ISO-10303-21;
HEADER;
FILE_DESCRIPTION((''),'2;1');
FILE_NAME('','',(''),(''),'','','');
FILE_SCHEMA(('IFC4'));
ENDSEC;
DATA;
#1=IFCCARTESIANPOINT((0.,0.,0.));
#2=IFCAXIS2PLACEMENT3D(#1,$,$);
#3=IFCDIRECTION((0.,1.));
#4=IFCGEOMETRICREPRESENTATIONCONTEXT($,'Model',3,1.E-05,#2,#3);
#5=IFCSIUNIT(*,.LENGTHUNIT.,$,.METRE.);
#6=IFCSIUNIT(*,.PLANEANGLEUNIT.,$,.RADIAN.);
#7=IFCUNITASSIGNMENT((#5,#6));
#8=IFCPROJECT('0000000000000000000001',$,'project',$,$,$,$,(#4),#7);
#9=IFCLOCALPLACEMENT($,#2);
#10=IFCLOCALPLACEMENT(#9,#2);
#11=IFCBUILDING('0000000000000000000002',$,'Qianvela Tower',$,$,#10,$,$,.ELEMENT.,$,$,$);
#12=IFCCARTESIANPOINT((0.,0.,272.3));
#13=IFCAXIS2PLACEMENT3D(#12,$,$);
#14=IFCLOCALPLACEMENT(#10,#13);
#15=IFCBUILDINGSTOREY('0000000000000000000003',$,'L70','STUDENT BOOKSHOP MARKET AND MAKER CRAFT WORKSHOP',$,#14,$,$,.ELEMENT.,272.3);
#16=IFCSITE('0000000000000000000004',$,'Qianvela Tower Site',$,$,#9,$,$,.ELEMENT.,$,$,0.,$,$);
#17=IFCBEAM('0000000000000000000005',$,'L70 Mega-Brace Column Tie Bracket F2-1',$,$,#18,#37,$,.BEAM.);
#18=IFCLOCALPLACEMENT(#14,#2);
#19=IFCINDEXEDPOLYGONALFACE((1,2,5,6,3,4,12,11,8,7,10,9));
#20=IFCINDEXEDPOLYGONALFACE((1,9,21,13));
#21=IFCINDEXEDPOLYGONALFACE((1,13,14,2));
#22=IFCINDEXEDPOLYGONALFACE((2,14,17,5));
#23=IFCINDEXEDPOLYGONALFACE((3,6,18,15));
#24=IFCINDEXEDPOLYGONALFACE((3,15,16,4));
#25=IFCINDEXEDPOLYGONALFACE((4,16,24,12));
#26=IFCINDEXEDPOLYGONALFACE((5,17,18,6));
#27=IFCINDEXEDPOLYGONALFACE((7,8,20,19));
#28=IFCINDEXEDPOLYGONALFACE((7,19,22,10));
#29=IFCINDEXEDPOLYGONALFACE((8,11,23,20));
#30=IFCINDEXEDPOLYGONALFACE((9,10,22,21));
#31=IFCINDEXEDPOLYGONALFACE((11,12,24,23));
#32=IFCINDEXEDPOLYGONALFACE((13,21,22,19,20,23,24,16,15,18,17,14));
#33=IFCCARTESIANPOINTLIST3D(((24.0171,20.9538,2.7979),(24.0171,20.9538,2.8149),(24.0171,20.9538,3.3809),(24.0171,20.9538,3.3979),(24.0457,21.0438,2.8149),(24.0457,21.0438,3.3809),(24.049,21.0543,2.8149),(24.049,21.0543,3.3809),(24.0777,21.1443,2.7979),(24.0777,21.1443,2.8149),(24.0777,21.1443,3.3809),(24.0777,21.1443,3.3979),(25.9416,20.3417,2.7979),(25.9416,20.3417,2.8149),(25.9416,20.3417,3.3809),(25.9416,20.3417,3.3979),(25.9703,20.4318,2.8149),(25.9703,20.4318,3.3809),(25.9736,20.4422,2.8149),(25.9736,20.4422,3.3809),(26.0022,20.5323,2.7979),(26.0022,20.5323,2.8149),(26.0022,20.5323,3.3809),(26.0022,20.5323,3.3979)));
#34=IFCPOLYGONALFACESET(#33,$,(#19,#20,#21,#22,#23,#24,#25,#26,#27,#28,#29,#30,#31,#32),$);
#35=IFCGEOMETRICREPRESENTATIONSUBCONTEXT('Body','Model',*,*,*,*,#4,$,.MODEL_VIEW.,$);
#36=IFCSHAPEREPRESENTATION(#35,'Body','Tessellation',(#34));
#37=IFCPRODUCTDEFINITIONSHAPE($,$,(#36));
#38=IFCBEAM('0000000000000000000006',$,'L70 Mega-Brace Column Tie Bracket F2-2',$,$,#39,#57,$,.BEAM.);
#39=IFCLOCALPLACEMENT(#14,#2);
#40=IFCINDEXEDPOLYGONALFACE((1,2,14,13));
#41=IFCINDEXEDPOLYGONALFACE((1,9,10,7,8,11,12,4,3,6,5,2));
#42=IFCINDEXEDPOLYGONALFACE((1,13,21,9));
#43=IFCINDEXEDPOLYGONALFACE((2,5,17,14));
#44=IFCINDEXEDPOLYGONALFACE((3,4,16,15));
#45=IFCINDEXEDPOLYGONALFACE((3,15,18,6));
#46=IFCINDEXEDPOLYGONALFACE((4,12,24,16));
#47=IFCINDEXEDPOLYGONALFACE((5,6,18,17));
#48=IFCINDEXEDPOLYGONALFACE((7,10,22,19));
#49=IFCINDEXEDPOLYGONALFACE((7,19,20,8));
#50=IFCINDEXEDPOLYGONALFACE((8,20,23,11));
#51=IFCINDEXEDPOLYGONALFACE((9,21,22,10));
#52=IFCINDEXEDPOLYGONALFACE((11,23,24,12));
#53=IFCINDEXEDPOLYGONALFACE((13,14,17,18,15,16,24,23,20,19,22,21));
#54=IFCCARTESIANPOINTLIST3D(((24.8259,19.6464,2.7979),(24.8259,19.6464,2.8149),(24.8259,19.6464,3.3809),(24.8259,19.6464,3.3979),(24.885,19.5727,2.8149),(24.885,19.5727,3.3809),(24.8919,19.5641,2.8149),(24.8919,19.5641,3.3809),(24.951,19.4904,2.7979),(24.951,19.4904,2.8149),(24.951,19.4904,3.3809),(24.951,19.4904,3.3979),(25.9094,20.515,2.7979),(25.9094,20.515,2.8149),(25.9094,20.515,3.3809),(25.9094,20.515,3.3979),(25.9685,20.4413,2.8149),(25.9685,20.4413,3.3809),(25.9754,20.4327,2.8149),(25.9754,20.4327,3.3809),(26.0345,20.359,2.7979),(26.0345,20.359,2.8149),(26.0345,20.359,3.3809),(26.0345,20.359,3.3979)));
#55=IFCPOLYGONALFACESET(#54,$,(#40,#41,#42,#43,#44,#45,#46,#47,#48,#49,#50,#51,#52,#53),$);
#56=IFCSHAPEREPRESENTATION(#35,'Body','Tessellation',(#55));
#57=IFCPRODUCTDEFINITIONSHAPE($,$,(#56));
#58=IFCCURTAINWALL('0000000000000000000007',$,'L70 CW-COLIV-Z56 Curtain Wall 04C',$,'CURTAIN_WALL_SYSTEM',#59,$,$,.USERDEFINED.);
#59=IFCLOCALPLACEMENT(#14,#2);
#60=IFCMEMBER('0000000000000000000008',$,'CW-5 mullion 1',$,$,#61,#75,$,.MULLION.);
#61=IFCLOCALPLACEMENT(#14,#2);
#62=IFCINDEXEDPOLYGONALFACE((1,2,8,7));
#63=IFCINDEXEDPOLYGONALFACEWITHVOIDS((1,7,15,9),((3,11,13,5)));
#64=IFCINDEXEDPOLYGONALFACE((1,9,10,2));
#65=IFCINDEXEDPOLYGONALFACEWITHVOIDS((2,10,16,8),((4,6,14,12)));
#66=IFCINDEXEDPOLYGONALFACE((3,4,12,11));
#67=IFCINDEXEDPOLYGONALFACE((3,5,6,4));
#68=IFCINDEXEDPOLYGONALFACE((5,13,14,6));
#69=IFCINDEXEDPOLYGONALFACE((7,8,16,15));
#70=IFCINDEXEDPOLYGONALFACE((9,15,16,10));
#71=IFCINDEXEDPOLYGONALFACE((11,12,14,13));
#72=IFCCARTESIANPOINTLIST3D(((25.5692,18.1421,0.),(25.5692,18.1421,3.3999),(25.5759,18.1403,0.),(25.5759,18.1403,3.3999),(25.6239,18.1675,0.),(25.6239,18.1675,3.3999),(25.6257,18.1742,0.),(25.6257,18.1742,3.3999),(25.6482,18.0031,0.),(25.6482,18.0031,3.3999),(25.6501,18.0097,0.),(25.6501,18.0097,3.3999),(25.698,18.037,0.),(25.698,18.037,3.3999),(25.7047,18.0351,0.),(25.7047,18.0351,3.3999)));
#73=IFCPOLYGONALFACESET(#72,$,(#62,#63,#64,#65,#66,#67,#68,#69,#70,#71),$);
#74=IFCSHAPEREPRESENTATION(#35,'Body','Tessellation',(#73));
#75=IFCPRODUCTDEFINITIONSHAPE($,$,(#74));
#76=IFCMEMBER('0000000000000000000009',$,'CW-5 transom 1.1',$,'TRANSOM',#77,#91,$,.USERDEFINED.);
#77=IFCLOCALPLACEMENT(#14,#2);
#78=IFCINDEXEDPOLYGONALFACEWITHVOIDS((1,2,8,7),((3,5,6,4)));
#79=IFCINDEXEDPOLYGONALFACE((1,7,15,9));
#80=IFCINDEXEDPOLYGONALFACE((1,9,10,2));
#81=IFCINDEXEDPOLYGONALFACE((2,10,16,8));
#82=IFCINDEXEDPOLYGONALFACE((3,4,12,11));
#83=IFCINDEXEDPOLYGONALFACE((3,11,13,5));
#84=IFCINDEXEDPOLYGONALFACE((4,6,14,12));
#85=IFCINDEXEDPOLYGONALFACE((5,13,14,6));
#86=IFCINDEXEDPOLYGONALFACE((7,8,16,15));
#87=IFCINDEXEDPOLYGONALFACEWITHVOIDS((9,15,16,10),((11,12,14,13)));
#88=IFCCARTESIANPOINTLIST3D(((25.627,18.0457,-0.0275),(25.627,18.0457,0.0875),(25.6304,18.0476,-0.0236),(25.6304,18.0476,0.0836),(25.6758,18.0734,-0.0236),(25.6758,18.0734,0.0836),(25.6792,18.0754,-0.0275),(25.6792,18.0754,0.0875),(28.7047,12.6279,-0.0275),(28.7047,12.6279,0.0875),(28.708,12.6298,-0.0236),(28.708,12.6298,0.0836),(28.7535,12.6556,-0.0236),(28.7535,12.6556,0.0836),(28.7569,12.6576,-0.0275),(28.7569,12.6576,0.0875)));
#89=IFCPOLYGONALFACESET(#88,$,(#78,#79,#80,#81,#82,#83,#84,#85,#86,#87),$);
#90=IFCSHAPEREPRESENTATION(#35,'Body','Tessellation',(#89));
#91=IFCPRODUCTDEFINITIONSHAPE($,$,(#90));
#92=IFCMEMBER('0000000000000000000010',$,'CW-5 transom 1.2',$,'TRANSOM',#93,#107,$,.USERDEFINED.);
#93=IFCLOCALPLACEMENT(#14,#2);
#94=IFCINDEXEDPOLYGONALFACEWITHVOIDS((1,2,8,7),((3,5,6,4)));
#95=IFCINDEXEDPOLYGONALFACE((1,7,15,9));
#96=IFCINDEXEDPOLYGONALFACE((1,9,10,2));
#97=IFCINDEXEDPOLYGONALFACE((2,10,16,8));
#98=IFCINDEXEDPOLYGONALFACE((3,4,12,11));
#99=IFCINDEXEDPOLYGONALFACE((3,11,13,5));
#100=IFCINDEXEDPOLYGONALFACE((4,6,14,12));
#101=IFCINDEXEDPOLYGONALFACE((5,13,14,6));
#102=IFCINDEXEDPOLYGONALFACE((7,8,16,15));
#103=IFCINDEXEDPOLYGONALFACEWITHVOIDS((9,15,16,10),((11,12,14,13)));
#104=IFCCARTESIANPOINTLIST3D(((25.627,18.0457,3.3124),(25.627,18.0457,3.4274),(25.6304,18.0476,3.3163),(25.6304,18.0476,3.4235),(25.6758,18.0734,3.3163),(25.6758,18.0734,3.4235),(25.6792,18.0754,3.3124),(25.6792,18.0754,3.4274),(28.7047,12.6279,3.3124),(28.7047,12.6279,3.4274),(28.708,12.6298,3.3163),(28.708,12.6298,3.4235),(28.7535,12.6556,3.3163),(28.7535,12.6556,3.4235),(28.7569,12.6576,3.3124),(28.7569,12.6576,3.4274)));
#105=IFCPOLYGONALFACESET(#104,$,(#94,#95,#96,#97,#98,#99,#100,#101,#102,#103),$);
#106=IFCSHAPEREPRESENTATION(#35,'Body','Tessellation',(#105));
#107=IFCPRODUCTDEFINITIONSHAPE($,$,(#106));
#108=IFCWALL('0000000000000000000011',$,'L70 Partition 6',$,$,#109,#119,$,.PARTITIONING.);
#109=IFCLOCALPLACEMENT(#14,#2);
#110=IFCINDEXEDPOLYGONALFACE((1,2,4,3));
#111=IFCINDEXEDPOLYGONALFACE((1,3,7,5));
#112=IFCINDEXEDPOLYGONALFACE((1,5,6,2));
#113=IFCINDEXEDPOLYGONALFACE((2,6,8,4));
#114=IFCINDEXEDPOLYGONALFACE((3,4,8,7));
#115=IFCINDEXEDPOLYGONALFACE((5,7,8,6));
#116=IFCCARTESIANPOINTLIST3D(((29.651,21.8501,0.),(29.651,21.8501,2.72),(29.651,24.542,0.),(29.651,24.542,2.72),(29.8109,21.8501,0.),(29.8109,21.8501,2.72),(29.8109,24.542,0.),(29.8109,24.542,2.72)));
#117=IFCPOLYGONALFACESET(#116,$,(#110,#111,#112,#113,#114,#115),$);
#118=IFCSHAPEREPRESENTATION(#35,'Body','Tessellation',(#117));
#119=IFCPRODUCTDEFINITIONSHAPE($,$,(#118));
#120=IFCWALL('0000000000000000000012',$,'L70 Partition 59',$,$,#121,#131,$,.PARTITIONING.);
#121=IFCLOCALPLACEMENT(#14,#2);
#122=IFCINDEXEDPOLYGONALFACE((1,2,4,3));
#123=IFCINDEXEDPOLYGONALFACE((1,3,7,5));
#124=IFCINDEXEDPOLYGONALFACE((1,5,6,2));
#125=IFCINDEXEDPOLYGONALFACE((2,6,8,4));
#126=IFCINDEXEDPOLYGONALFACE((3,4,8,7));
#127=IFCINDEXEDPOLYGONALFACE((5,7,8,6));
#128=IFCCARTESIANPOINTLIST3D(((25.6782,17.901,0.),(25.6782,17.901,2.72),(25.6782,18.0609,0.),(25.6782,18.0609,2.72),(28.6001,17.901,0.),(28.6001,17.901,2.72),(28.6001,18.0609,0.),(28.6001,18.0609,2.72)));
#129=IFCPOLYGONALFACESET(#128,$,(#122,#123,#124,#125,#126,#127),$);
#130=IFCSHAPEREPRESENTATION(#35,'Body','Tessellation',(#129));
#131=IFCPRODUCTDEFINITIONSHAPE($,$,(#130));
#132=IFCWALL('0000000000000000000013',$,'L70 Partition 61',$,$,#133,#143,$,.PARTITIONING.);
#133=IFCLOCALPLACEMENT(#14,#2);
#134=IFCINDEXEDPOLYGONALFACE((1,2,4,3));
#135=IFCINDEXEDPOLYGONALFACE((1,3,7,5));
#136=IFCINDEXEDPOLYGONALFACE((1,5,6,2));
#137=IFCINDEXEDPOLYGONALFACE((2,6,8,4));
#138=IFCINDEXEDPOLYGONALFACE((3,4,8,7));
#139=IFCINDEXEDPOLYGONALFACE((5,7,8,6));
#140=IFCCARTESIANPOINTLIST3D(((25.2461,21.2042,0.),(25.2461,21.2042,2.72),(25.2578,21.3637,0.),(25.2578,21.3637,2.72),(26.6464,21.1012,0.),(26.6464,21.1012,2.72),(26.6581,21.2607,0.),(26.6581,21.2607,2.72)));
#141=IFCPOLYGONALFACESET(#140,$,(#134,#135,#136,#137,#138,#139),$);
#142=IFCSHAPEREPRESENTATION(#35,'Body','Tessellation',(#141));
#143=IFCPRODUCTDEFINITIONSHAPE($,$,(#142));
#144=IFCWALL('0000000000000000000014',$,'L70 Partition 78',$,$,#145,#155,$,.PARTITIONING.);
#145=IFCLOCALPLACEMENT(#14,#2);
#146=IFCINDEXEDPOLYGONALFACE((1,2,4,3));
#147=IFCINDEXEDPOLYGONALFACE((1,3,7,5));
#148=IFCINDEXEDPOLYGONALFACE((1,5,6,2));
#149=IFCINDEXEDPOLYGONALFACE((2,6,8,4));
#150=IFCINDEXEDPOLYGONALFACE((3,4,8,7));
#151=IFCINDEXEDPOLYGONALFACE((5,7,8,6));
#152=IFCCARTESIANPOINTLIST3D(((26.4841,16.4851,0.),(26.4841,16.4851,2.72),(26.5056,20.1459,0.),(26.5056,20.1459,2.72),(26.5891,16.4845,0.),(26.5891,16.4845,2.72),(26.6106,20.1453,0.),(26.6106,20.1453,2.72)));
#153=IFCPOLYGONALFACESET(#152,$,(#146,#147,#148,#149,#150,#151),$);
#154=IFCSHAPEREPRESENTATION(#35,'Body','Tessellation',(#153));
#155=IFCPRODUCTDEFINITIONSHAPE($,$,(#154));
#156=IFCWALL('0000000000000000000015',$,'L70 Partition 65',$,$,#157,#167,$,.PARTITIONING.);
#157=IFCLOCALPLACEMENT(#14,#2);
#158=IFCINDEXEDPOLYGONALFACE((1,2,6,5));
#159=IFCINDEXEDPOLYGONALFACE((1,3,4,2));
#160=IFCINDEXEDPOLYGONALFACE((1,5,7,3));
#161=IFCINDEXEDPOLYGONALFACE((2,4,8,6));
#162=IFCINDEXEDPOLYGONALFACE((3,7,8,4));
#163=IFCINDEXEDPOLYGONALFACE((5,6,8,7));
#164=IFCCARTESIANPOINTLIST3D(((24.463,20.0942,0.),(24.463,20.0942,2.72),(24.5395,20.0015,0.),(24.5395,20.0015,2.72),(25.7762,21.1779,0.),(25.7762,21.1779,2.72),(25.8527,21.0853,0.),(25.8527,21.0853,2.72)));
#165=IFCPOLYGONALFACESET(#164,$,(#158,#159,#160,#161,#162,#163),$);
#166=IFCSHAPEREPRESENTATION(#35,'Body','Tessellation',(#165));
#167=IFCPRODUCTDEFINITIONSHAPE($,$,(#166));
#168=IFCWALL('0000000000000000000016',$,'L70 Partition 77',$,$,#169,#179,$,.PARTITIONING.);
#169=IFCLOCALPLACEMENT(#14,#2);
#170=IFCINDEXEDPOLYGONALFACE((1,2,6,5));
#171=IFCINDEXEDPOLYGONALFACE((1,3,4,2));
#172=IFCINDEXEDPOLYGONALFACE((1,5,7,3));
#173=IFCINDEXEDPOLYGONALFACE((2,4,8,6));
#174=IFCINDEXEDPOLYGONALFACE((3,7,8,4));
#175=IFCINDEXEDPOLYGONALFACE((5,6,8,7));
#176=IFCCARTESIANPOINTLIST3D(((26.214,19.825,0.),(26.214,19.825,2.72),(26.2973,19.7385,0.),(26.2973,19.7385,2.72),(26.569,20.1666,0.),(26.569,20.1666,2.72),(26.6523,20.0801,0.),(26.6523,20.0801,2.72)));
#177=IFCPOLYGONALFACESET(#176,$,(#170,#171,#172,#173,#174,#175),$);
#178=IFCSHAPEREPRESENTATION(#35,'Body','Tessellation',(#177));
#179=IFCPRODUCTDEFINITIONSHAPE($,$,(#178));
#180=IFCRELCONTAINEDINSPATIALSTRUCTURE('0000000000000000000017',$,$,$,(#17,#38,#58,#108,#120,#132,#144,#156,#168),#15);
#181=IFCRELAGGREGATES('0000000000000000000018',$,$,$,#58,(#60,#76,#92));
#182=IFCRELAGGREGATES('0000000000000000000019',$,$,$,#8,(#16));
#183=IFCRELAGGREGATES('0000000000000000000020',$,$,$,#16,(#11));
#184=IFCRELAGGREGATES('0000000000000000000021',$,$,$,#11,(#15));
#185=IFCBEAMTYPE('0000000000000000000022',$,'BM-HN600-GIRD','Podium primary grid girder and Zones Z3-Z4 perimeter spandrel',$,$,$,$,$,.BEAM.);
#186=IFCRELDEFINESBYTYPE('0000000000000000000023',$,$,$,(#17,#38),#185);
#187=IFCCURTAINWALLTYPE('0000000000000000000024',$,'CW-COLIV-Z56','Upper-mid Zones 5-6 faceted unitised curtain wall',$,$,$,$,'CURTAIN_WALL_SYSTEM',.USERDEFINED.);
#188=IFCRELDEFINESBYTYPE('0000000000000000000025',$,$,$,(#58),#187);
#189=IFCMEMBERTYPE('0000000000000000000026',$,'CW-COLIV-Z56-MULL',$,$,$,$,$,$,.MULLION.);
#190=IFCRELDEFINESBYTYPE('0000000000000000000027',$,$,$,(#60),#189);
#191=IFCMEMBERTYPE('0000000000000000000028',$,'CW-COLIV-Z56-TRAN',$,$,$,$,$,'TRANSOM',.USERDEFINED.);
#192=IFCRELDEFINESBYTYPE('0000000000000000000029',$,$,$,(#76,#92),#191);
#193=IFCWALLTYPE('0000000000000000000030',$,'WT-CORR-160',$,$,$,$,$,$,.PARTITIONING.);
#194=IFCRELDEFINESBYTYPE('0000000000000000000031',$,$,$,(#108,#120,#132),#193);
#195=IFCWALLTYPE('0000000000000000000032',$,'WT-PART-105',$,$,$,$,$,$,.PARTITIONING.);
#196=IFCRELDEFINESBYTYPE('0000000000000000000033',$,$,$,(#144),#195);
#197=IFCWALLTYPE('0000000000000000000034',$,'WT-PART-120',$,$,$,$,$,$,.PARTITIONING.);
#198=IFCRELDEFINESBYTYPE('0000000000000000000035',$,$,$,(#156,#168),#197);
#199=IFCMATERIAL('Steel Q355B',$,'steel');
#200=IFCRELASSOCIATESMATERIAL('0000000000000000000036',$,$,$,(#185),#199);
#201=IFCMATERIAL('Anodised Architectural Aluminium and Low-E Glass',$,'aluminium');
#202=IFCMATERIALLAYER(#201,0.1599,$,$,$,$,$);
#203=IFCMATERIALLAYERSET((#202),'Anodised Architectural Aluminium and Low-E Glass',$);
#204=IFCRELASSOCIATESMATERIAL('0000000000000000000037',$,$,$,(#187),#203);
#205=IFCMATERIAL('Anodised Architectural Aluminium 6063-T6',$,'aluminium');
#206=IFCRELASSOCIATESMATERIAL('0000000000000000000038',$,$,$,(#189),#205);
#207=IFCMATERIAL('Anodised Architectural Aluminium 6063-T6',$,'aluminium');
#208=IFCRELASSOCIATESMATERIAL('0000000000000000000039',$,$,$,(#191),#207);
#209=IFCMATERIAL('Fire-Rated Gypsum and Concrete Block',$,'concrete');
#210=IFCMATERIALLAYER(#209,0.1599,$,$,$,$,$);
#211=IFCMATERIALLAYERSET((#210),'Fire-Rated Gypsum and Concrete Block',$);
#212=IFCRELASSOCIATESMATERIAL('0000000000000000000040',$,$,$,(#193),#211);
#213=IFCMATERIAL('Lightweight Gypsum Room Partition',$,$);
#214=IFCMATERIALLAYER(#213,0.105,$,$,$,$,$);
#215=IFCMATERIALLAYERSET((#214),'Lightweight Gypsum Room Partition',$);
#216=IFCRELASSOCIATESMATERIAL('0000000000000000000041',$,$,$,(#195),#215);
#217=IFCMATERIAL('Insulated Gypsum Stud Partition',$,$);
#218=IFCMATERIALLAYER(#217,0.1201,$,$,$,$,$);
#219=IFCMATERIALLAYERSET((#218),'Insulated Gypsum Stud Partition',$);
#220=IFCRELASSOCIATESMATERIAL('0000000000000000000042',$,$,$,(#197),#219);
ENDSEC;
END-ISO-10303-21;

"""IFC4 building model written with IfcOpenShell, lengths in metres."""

from ifc_helpers import new_model, si_unit, direction, frame, frame_2d, origin, origin_2d, place, context, subcontext, project, spatial, rectangle, hollow_rectangle, i_section, extrude, material, layer, layer_set, material_profile, profile_set, type_object, element, aggregate, save


model = new_model("IFC4")

# Units and contexts
model_context = context("Model", 3, precision=1e-05, world=origin(), true_north=direction((0.0, 1.0)))
body_context = subcontext(model_context, "Body", "Model", "MODEL_VIEW")
ifc_project = project(units=[si_unit("LENGTHUNIT", "METRE"), si_unit("PLANEANGLEUNIT", "RADIAN")], contexts=[model_context])

# Site, building, storey
site_placement = place(None, origin())
site = spatial("IfcSite", under=ifc_project, at=site_placement, Name="Qianvela Tower Site", CompositionType="ELEMENT", RefElevation=0.0)
building_placement = place(site_placement, origin())
building = spatial("IfcBuilding", under=site, at=building_placement, Name="Qianvela Tower", CompositionType="ELEMENT")
storey_placement = place(building_placement, frame((0.0, 0.0, 272.3)))
storey = spatial("IfcBuildingStorey", under=building, at=storey_placement, Name="L70", Description="STUDENT BOOKSHOP MARKET AND MAKER CRAFT WORKSHOP", CompositionType="ELEMENT", Elevation=272.3)

# Beams
ifc_material_1 = material(Name="Steel Q355B", Category="steel")
ifc_material_profile_1 = material_profile(ifc_material_1, i_section(OverallWidth=0.2, OverallDepth=0.6001, WebThickness=0.011, FlangeThickness=0.0171, at=origin_2d()), Name="HN600x200x11x17")
ifc_profile_set_1 = profile_set([ifc_material_profile_1], Name="Steel Q355B")
beam_type_1 = type_object("IfcBeamType", Name="BM-HN600-GIRD", Description="Podium primary grid girder and Zones Z3-Z4 perimeter spandrel", PredefinedType="BEAM", material=ifc_profile_set_1)
beam_1_placement = place(storey_placement, frame((25.9719, 20.437, 3.0979), z_axis=(-0.952969, 0.303069, 0.0), x_axis=(-0.303069, -0.952969, 0.0)))
element("IfcBeam", 1, at=beam_1_placement, inside=storey, type_object=beam_type_1, Name="L70 Mega-Brace Column Tie Bracket F2-1", PredefinedType="BEAM", context=body_context, shape_type="SweptSolid", body=[
    extrude(i_section(OverallWidth=0.2, OverallDepth=0.6001, WebThickness=0.011, FlangeThickness=0.0171, at=origin_2d()), origin(), (0.0, 0.0, 1.0), 2.0195),
])
beam_2_placement = place(storey_placement, frame((25.9719, 20.437, 3.0979), z_axis=(-0.780217, -0.625509, 0.0), x_axis=(0.625509, -0.780217, 0.0)))
element("IfcBeam", 2, at=beam_2_placement, inside=storey, type_object=beam_type_1, Name="L70 Mega-Brace Column Tie Bracket F2-2", PredefinedType="BEAM", context=body_context, shape_type="SweptSolid", body=[
    extrude(i_section(OverallWidth=0.2, OverallDepth=0.6001, WebThickness=0.011, FlangeThickness=0.0171, at=origin_2d()), origin(), (0.0, 0.0, 1.0), 1.3887),
])

# Curtain wall, members
ifc_material_2 = material(Name="Anodised Architectural Aluminium and Low-E Glass", Category="aluminium")
ifc_layer_1 = layer(ifc_material_2, 0.1599)
ifc_layer_set_1 = layer_set([ifc_layer_1], Name="Anodised Architectural Aluminium and Low-E Glass")
curtain_wall_type = type_object("IfcCurtainWallType", Name="CW-COLIV-Z56", Description="Upper-mid Zones 5-6 faceted unitised curtain wall", ElementType="CURTAIN_WALL_SYSTEM", PredefinedType="USERDEFINED", material=ifc_layer_set_1)
curtain_wall_placement = place(storey_placement, origin())
curtain_wall = element("IfcCurtainWall", 3, at=curtain_wall_placement, inside=storey, type_object=curtain_wall_type, Name="L70 CW-COLIV-Z56 Curtain Wall 04C", ObjectType="CURTAIN_WALL_SYSTEM", PredefinedType="USERDEFINED")
ifc_material_3 = material(Name="Anodised Architectural Aluminium 6063-T6", Category="aluminium")
ifc_material_profile_2 = material_profile(ifc_material_3, hollow_rectangle(XDim=0.0649, YDim=0.1599, WallThickness=0.0049, at=origin_2d()), Name="ALU-MULL-65x160")
ifc_profile_set_2 = profile_set([ifc_material_profile_2], Name="Anodised Architectural Aluminium 6063-T6")
member_type_1 = type_object("IfcMemberType", Name="CW-COLIV-Z56-MULL", PredefinedType="MULLION", material=ifc_profile_set_2)
member_1_placement = place(storey_placement, frame((25.637, 18.0886, 0.0), z_axis=(0.0, 0.0, 1.0), x_axis=(0.869493, 0.493945, 0.0)))
member_1 = element("IfcMember", 4, at=member_1_placement, type_object=member_type_1, Name="CW-5 mullion 1", PredefinedType="MULLION", context=body_context, shape_type="SweptSolid", body=[
    extrude(hollow_rectangle(XDim=0.0649, YDim=0.1599, WallThickness=0.0049, at=origin_2d()), origin(), (0.0, 0.0, 1.0), 3.3999),
])
ifc_material_4 = material(Name="Anodised Architectural Aluminium 6063-T6", Category="aluminium")
ifc_material_profile_3 = material_profile(ifc_material_4, hollow_rectangle(XDim=0.0601, YDim=0.115, WallThickness=0.0039, at=origin_2d()), Name="ALU-TRAN-60x115")
ifc_profile_set_3 = profile_set([ifc_material_profile_3], Name="Anodised Architectural Aluminium 6063-T6")
member_type_2 = type_object("IfcMemberType", Name="CW-COLIV-Z56-TRAN", ElementType="TRANSOM", PredefinedType="USERDEFINED", material=ifc_profile_set_3)
member_2_placement = place(storey_placement, frame((25.6531, 18.0605, 0.03), z_axis=(0.493935, -0.869499, 0.0), x_axis=(0.869499, 0.493935, 0.0)))
member_2 = element("IfcMember", 5, at=member_2_placement, type_object=member_type_2, Name="CW-5 transom 1.1", ObjectType="TRANSOM", PredefinedType="USERDEFINED", context=body_context, shape_type="SweptSolid", body=[
    extrude(hollow_rectangle(XDim=0.0601, YDim=0.115, WallThickness=0.0039, at=origin_2d()), origin(), (0.0, 0.0, 1.0), 6.231),
])
member_3_placement = place(storey_placement, frame((25.6531, 18.0605, 3.3699), z_axis=(0.493935, -0.869499, 0.0), x_axis=(0.869499, 0.493935, 0.0)))
member_3 = element("IfcMember", 6, at=member_3_placement, type_object=member_type_2, Name="CW-5 transom 1.2", ObjectType="TRANSOM", PredefinedType="USERDEFINED", context=body_context, shape_type="SweptSolid", body=[
    extrude(hollow_rectangle(XDim=0.0601, YDim=0.115, WallThickness=0.0039, at=origin_2d()), origin(), (0.0, 0.0, 1.0), 6.231),
])
aggregate(curtain_wall, [member_1, member_2, member_3])

# Shared definitions
ifc_material_5 = material(Name="Fire-Rated Gypsum and Concrete Block", Category="concrete")
ifc_layer_2 = layer(ifc_material_5, 0.1599)
ifc_layer_set_2 = layer_set([ifc_layer_2], Name="Fire-Rated Gypsum and Concrete Block")
wall_type_1 = type_object("IfcWallType", Name="WT-CORR-160", PredefinedType="PARTITIONING", material=ifc_layer_set_2)

# Walls
wall_1_placement = place(storey_placement, frame((29.731, 21.8501, 0.0), z_axis=(0.0, 0.0, 1.0), x_axis=(0.0, 1.0, 0.0)))
element("IfcWall", 7, at=wall_1_placement, inside=storey, type_object=wall_type_1, Name="L70 Partition 6", PredefinedType="PARTITIONING", context=body_context, shape_type="SweptSolid", body=[
    extrude(rectangle(XDim=2.6919, YDim=0.1599, at=frame_2d((1.3459, 0.0))), origin(), (0.0, 0.0, 1.0), 2.72),
])
wall_2_placement = place(storey_placement, frame((28.6001, 17.981, 0.0), z_axis=(0.0, 0.0, 1.0), x_axis=(-1.0, 0.0, 0.0)))
element("IfcWall", 8, at=wall_2_placement, inside=storey, type_object=wall_type_1, Name="L70 Partition 59", PredefinedType="PARTITIONING", context=body_context, shape_type="SweptSolid", body=[
    extrude(rectangle(XDim=2.9219, YDim=0.1599, at=frame_2d((1.4609, 0.0))), origin(), (0.0, 0.0, 1.0), 2.72),
])
wall_3_placement = place(storey_placement, frame((26.6523, 21.1809, 0.0), z_axis=(0.0, 0.0, 1.0), x_axis=(-0.997304, 0.073385, 0.0)))
element("IfcWall", 9, at=wall_3_placement, inside=storey, type_object=wall_type_1, Name="L70 Partition 61", PredefinedType="PARTITIONING", context=body_context, shape_type="SweptSolid", body=[
    extrude(rectangle(XDim=1.4041, YDim=0.1599, at=frame_2d((0.7021, 0.0))), origin(), (0.0, 0.0, 1.0), 2.72),
])
ifc_material_6 = material(Name="Lightweight Gypsum Room Partition")
ifc_layer_3 = layer(ifc_material_6, 0.105)
ifc_layer_set_3 = layer_set([ifc_layer_3], Name="Lightweight Gypsum Room Partition")
wall_type_2 = type_object("IfcWallType", Name="WT-PART-105", PredefinedType="PARTITIONING", material=ifc_layer_set_3)
wall_4_placement = place(storey_placement, frame((26.5581, 20.1458, 0.0), z_axis=(0.0, 0.0, 1.0), x_axis=(-0.005869, -0.999983, 0.0)))
element("IfcWall", 10, at=wall_4_placement, inside=storey, type_object=wall_type_2, Name="L70 Partition 78", PredefinedType="PARTITIONING", context=body_context, shape_type="SweptSolid", body=[
    extrude(rectangle(XDim=3.6609, YDim=0.105, at=frame_2d((1.8306, 0.0))), origin(), (0.0, 0.0, 1.0), 2.72),
])
ifc_material_7 = material(Name="Insulated Gypsum Stud Partition")
ifc_layer_4 = layer(ifc_material_7, 0.1201)
ifc_layer_set_4 = layer_set([ifc_layer_4], Name="Insulated Gypsum Stud Partition")
wall_type_3 = type_object("IfcWallType", Name="WT-PART-120", PredefinedType="PARTITIONING", material=ifc_layer_set_4)
wall_5_placement = place(storey_placement, frame((25.8145, 21.1316, 0.0), z_axis=(0.0, 0.0, 1.0), x_axis=(-0.77128, -0.636496, 0.0)))
element("IfcWall", 11, at=wall_5_placement, inside=storey, type_object=wall_type_3, Name="L70 Partition 65", PredefinedType="PARTITIONING", context=body_context, shape_type="SweptSolid", body=[
    extrude(rectangle(XDim=1.7026, YDim=0.1201, at=frame_2d((0.8513, 0.0))), origin(), (0.0, 0.0, 1.0), 2.72),
])
wall_6_placement = place(storey_placement, frame((26.2556, 19.7817, 0.0), z_axis=(0.0, 0.0, 1.0), x_axis=(0.720604, 0.693346, 0.0)))
element("IfcWall", 12, at=wall_6_placement, inside=storey, type_object=wall_type_3, Name="L70 Partition 77", PredefinedType="PARTITIONING", context=body_context, shape_type="SweptSolid", body=[
    extrude(rectangle(XDim=0.4927, YDim=0.1201, at=frame_2d((0.2463, 0.0))), origin(), (0.0, 0.0, 1.0), 2.72),
])

save(model, "model.ifc")
